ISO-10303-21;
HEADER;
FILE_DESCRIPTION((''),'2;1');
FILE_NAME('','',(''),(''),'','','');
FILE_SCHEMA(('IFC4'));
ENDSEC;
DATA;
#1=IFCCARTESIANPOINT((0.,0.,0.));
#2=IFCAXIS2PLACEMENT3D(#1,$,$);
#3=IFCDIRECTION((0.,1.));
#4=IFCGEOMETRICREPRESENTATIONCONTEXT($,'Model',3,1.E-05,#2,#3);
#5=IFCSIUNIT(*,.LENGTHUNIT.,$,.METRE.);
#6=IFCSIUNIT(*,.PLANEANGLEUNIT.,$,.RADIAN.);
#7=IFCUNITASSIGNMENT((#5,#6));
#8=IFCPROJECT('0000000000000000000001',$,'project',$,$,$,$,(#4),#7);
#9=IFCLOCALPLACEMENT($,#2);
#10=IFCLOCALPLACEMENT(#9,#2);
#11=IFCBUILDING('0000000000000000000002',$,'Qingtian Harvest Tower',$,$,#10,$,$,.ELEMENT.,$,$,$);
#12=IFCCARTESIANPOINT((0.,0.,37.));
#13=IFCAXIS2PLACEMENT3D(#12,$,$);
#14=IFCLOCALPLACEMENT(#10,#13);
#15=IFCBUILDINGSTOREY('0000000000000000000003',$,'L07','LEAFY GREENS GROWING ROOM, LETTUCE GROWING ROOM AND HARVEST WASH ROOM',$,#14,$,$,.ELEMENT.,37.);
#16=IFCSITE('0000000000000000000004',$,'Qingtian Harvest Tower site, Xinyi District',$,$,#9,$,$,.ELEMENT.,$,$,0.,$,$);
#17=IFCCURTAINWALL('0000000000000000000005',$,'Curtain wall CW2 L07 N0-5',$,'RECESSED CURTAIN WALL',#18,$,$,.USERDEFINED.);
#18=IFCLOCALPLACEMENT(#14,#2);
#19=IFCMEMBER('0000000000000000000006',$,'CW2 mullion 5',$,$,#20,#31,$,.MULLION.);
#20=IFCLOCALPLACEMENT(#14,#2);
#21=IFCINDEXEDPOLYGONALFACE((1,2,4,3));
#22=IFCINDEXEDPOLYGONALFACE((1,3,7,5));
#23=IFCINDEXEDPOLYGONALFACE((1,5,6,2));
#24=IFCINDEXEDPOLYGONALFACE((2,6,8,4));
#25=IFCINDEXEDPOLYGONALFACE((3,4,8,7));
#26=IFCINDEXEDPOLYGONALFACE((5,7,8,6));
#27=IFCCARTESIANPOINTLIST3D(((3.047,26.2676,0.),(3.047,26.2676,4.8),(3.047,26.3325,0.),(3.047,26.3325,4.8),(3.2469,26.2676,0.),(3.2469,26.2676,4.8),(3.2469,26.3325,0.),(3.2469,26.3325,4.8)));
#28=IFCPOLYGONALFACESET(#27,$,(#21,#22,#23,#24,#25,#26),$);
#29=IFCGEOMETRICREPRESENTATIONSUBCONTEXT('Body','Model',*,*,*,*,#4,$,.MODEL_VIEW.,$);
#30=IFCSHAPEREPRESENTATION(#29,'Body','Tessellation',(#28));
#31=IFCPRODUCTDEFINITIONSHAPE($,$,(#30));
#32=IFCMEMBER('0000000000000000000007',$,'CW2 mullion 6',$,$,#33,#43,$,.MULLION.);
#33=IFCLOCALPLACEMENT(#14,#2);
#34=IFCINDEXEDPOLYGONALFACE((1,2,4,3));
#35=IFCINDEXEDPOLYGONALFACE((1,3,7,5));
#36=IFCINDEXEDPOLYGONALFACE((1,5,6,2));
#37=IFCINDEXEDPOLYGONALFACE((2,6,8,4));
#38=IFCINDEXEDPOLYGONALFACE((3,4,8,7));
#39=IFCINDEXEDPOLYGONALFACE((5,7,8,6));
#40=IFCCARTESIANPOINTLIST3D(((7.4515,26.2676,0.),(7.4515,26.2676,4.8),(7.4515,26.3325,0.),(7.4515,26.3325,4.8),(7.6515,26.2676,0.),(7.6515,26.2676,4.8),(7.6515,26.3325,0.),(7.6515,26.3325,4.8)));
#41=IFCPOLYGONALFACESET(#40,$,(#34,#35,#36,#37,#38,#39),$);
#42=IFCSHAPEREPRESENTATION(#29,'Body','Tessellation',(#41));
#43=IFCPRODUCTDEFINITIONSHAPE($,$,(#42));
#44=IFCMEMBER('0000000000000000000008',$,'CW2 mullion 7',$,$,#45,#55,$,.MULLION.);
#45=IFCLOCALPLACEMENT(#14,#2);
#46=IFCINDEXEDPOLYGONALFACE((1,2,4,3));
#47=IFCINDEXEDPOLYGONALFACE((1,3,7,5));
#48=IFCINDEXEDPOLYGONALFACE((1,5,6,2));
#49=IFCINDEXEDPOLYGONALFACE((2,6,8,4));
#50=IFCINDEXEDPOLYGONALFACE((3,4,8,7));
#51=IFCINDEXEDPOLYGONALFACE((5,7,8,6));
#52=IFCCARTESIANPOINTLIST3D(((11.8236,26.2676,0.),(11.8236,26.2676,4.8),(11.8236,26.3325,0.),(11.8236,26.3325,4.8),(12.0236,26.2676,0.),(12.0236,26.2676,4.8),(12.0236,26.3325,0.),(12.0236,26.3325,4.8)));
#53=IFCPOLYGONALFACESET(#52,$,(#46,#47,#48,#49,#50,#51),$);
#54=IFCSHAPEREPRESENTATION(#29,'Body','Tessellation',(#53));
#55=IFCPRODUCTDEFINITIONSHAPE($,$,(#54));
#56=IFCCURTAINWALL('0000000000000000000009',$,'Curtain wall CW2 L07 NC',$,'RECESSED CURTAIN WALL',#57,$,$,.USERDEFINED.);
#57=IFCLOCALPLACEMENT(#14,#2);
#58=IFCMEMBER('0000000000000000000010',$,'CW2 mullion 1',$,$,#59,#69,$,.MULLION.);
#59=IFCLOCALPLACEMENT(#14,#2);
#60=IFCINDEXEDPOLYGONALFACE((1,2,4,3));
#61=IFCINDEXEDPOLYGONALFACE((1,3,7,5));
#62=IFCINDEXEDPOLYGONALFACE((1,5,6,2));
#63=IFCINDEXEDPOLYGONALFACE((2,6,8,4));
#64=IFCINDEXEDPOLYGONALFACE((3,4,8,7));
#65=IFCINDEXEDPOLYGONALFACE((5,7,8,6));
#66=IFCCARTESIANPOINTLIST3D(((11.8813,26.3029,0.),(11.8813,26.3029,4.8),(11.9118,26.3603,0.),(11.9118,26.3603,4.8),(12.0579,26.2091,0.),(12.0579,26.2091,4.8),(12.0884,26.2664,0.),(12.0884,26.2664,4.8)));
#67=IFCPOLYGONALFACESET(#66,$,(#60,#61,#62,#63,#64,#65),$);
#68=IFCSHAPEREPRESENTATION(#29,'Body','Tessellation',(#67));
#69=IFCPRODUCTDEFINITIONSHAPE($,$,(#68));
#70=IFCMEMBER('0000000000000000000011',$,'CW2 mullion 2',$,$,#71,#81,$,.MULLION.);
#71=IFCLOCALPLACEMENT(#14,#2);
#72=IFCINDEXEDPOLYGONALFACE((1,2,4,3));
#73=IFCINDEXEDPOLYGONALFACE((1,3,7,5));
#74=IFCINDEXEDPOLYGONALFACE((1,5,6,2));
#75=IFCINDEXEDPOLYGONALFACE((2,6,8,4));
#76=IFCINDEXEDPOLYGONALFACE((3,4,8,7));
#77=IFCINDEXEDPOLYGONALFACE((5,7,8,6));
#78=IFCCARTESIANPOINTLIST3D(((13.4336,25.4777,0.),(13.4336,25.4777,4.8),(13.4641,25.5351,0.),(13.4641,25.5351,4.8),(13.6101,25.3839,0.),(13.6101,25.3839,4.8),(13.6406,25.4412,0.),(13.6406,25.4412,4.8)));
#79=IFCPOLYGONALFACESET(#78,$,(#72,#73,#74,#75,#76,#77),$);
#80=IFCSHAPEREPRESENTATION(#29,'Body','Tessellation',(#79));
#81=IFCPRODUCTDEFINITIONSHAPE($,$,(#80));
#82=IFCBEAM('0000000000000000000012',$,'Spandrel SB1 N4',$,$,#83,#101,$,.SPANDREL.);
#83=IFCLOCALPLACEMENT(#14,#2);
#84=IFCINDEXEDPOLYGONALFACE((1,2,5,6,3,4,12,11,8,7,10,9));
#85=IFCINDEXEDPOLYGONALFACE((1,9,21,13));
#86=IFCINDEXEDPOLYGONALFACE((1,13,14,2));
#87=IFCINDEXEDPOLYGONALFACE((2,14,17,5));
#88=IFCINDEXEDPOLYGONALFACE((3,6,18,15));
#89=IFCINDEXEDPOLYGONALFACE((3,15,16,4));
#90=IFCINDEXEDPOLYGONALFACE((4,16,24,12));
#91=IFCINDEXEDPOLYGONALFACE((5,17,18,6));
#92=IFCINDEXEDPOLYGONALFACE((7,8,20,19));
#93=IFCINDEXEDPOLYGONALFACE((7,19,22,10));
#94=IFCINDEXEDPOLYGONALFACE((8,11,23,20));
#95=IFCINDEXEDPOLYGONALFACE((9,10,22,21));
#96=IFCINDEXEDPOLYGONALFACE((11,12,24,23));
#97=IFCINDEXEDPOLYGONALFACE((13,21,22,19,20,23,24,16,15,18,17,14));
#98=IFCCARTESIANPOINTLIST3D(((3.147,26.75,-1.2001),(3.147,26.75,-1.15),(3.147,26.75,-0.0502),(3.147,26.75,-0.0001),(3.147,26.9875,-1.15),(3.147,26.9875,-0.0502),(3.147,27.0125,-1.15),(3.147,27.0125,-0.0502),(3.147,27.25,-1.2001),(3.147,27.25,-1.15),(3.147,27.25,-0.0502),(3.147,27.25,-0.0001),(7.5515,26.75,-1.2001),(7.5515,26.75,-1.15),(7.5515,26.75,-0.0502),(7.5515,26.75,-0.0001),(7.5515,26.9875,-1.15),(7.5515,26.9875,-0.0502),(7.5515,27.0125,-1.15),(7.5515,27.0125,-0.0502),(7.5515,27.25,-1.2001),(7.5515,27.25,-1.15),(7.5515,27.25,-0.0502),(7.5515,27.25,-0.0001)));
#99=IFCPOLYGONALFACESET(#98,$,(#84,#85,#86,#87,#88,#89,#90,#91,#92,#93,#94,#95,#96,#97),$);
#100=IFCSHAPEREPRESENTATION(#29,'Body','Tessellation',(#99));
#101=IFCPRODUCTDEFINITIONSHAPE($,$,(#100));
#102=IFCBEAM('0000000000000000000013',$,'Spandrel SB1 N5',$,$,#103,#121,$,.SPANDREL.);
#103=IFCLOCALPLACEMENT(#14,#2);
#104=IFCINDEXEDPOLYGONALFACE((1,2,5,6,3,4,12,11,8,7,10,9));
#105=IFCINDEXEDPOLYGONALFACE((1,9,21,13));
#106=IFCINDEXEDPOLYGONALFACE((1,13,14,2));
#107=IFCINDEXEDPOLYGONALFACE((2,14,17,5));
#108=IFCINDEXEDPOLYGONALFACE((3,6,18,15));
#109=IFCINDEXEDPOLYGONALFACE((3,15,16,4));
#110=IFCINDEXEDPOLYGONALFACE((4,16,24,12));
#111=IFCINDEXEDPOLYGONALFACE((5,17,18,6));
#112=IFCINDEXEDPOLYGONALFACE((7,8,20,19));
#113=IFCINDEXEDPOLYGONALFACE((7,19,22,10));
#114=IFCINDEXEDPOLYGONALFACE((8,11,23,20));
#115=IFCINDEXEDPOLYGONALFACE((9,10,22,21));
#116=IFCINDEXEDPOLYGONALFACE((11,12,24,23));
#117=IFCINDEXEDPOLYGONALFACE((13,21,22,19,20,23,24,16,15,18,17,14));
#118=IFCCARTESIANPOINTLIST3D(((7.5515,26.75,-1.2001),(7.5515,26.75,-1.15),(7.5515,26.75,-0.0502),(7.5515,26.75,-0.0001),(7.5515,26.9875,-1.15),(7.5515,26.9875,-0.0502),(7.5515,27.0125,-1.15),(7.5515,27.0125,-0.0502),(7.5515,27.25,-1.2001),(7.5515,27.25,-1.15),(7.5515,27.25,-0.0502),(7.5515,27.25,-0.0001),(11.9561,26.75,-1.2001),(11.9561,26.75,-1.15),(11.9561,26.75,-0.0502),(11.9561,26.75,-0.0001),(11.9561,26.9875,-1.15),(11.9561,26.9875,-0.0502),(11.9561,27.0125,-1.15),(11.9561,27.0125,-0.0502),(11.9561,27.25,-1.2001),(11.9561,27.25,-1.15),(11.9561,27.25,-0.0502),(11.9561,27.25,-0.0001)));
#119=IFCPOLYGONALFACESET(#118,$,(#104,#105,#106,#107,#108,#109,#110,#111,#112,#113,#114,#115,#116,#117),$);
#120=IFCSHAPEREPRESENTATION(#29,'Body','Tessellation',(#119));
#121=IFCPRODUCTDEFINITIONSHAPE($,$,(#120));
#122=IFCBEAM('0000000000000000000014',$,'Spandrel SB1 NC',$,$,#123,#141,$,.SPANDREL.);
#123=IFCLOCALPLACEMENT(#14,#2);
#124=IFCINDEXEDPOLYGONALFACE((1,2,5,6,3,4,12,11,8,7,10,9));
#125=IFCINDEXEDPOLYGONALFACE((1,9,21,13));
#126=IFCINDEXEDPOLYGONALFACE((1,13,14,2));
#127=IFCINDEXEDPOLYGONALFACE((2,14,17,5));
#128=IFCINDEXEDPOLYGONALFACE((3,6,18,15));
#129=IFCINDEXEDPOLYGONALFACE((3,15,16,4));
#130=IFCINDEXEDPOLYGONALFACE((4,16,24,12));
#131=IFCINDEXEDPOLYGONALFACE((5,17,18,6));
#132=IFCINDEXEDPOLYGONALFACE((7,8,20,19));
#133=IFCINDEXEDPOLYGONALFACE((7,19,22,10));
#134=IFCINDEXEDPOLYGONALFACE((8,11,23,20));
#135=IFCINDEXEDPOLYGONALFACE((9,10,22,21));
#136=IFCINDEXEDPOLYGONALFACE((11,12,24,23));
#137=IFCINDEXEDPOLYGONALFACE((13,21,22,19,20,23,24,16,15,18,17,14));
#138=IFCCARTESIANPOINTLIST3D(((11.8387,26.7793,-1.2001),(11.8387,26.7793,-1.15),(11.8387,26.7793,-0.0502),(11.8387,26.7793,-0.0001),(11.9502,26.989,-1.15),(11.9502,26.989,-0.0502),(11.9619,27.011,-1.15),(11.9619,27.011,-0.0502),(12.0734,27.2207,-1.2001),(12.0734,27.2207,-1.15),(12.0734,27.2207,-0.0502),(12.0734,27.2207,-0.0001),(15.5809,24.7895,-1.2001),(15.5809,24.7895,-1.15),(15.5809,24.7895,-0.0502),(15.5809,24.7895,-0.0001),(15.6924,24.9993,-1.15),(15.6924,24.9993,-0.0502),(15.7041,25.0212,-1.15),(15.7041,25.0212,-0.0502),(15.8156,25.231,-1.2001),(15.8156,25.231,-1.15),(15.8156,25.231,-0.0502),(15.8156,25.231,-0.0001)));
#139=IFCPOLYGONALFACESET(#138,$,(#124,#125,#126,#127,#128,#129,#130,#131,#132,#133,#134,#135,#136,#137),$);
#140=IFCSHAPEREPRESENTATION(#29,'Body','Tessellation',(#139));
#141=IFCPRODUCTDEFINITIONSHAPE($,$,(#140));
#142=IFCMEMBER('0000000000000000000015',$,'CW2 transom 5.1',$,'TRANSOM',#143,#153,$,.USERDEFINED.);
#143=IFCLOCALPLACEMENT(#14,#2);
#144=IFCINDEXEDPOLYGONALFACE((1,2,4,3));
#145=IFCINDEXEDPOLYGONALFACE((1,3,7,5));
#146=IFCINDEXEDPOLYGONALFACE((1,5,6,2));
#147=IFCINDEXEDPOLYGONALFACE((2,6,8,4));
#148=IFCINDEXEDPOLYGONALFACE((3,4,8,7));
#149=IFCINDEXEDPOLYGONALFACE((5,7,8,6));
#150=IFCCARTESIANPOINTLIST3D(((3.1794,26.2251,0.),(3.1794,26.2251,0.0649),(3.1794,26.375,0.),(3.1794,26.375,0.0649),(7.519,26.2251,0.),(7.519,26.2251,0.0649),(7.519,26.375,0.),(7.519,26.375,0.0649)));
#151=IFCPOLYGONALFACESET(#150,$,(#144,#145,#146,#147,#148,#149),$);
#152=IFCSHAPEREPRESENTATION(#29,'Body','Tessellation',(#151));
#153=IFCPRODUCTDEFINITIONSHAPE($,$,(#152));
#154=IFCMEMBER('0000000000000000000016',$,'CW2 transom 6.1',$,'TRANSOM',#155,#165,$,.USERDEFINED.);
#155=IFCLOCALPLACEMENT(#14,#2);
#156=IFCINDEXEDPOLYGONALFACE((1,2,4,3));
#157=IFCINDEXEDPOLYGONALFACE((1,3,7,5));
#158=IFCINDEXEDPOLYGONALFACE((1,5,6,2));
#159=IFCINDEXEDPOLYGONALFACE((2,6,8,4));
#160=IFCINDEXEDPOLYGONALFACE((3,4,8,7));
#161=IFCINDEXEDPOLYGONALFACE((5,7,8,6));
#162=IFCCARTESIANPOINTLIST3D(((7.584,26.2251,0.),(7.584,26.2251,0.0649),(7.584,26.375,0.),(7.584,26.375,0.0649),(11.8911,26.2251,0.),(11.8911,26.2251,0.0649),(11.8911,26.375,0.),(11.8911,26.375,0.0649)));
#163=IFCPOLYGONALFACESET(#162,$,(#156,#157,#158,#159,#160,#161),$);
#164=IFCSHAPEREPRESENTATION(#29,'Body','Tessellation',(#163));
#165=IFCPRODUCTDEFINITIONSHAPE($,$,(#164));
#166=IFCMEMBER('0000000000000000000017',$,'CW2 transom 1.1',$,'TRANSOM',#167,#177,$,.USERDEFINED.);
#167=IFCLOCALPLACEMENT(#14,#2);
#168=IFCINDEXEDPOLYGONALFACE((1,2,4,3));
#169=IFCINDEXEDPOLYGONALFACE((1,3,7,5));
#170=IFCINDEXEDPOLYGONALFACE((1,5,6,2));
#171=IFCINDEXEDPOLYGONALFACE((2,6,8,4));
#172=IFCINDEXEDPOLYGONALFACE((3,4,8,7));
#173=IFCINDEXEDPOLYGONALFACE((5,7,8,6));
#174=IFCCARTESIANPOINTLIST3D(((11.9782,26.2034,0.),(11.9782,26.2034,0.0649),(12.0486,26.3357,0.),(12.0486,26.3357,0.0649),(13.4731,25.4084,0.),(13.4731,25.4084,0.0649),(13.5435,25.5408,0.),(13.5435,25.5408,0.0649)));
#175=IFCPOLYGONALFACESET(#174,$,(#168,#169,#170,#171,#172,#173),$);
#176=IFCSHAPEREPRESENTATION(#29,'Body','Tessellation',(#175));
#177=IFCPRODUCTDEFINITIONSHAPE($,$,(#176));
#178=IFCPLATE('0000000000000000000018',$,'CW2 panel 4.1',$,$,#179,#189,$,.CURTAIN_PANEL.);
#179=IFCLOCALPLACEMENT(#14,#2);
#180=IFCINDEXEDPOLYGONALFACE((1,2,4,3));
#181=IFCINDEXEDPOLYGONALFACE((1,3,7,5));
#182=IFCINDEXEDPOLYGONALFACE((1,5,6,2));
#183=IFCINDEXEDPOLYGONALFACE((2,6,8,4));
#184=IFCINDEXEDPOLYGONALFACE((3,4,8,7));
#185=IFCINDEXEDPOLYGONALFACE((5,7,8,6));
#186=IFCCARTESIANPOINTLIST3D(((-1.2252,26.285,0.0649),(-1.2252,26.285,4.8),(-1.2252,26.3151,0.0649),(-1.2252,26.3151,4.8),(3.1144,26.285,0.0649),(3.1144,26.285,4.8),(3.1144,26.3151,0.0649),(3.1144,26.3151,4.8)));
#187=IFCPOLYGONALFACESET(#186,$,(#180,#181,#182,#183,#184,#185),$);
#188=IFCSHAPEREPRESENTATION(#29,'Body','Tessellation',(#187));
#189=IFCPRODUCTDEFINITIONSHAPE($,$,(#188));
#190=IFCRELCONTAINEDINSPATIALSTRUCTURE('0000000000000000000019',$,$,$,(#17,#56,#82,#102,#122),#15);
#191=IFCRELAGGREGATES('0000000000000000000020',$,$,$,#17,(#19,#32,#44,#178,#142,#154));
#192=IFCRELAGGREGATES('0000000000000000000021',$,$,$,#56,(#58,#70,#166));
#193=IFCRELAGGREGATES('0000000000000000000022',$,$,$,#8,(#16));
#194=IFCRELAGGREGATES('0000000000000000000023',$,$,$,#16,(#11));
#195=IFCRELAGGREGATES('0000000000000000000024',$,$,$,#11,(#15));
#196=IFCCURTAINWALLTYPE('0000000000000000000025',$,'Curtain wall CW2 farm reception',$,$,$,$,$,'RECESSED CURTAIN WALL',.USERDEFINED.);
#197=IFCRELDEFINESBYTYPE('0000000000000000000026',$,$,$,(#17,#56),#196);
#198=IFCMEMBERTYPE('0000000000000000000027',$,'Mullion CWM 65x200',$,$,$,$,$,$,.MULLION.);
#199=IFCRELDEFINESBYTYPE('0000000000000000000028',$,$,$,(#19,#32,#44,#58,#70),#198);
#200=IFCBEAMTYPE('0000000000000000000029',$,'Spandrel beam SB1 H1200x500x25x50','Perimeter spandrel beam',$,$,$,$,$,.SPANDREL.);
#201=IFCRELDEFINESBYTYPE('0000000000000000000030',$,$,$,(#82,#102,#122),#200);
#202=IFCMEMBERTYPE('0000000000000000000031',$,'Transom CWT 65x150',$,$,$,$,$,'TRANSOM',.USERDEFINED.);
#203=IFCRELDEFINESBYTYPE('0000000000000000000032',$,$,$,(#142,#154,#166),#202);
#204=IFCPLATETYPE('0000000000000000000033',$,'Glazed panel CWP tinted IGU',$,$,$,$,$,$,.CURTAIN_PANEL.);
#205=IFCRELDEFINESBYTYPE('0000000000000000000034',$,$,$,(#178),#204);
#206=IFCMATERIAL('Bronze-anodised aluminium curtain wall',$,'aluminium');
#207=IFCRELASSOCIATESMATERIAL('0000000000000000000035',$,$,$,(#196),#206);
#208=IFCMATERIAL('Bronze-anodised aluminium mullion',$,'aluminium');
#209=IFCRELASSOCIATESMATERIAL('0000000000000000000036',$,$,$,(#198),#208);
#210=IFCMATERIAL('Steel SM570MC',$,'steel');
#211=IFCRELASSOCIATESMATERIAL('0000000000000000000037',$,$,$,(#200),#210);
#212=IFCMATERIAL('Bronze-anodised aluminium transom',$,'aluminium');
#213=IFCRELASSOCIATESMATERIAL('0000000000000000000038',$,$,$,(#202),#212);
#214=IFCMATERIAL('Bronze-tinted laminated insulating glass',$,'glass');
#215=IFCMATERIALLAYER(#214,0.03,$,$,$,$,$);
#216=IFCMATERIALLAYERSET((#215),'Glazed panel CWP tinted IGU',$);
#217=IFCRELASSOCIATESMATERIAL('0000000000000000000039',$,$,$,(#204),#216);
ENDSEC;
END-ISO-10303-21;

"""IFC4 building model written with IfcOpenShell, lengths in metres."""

from ifc_helpers import new_model, si_unit, direction, frame, origin, origin_2d, place, context, subcontext, project, spatial, rectangle, i_section, extrude, material, layer, layer_set, material_profile, profile_set, type_object, element, aggregate, save


model = new_model("IFC4")

# Units and contexts
model_context = context("Model", 3, precision=1e-05, world=origin(), true_north=direction((0.0, 1.0)))
body_context = subcontext(model_context, "Body", "Model", "MODEL_VIEW")
ifc_project = project(units=[si_unit("LENGTHUNIT", "METRE"), si_unit("PLANEANGLEUNIT", "RADIAN")], contexts=[model_context])

# Site, building, storey
site_placement = place(None, origin())
site = spatial("IfcSite", under=ifc_project, at=site_placement, Name="Qingtian Harvest Tower site, Xinyi District", CompositionType="ELEMENT", RefElevation=0.0)
building_placement = place(site_placement, origin())
building = spatial("IfcBuilding", under=site, at=building_placement, Name="Qingtian Harvest Tower", CompositionType="ELEMENT")
storey_placement = place(building_placement, frame((0.0, 0.0, 37.0)))
storey = spatial("IfcBuildingStorey", under=building, at=storey_placement, Name="L07", Description="LEAFY GREENS GROWING ROOM, LETTUCE GROWING ROOM AND HARVEST WASH ROOM", CompositionType="ELEMENT", Elevation=37.0)

# Curtain walls, members
ifc_material_1 = material(Name="Bronze-anodised aluminium curtain wall", Category="aluminium")
curtain_wall_type = type_object("IfcCurtainWallType", Name="Curtain wall CW2 farm reception", ElementType="RECESSED CURTAIN WALL", PredefinedType="USERDEFINED", material=ifc_material_1)
curtain_wall_1_placement = place(storey_placement, origin())
curtain_wall_1 = element("IfcCurtainWall", 1, at=curtain_wall_1_placement, inside=storey, type_object=curtain_wall_type, Name="Curtain wall CW2 L07 N0-5", ObjectType="RECESSED CURTAIN WALL", PredefinedType="USERDEFINED")
ifc_material_2 = material(Name="Bronze-anodised aluminium mullion", Category="aluminium")
ifc_material_profile_1 = material_profile(ifc_material_2, rectangle(XDim=0.0649, YDim=0.2, at=origin_2d()), Name="AL 65x200")
ifc_profile_set_1 = profile_set([ifc_material_profile_1], Name="Bronze-anodised aluminium mullion")
member_type_1 = type_object("IfcMemberType", Name="Mullion CWM 65x200", PredefinedType="MULLION", material=ifc_profile_set_1)
member_1_placement = place(storey_placement, frame((3.147, 26.3, 0.0), z_axis=(0.0, 0.0, 1.0), x_axis=(0.0, 1.0, 0.0)))
member_1 = element("IfcMember", 2, at=member_1_placement, type_object=member_type_1, Name="CW2 mullion 5", PredefinedType="MULLION", context=body_context, shape_type="SweptSolid", body=[
    extrude(rectangle(XDim=0.0649, YDim=0.2, at=origin_2d()), origin(), (0.0, 0.0, 1.0), 4.8),
])
member_2_placement = place(storey_placement, frame((7.5515, 26.3, 0.0), z_axis=(0.0, 0.0, 1.0), x_axis=(0.0, 1.0, 0.0)))
member_2 = element("IfcMember", 3, at=member_2_placement, type_object=member_type_1, Name="CW2 mullion 6", PredefinedType="MULLION", context=body_context, shape_type="SweptSolid", body=[
    extrude(rectangle(XDim=0.0649, YDim=0.2, at=origin_2d()), origin(), (0.0, 0.0, 1.0), 4.8),
])
member_3_placement = place(storey_placement, frame((11.9236, 26.3, 0.0), z_axis=(0.0, 0.0, 1.0), x_axis=(0.0, 1.0, 0.0)))
member_3 = element("IfcMember", 4, at=member_3_placement, type_object=member_type_1, Name="CW2 mullion 7", PredefinedType="MULLION", context=body_context, shape_type="SweptSolid", body=[
    extrude(rectangle(XDim=0.0649, YDim=0.2, at=origin_2d()), origin(), (0.0, 0.0, 1.0), 4.8),
])
curtain_wall_2_placement = place(storey_placement, origin())
curtain_wall_2 = element("IfcCurtainWall", 5, at=curtain_wall_2_placement, inside=storey, type_object=curtain_wall_type, Name="Curtain wall CW2 L07 NC", ObjectType="RECESSED CURTAIN WALL", PredefinedType="USERDEFINED")
member_4_placement = place(storey_placement, frame((11.9849, 26.2847, 0.0), z_axis=(0.0, 0.0, 1.0), x_axis=(0.469472, 0.882948, 0.0)))
member_4 = element("IfcMember", 6, at=member_4_placement, type_object=member_type_1, Name="CW2 mullion 1", PredefinedType="MULLION", context=body_context, shape_type="SweptSolid", body=[
    extrude(rectangle(XDim=0.0649, YDim=0.2, at=origin_2d()), origin(), (0.0, 0.0, 1.0), 4.8),
])
member_5_placement = place(storey_placement, frame((13.5371, 25.4595, 0.0), z_axis=(0.0, 0.0, 1.0), x_axis=(0.469472, 0.882948, 0.0)))
member_5 = element("IfcMember", 7, at=member_5_placement, type_object=member_type_1, Name="CW2 mullion 2", PredefinedType="MULLION", context=body_context, shape_type="SweptSolid", body=[
    extrude(rectangle(XDim=0.0649, YDim=0.2, at=origin_2d()), origin(), (0.0, 0.0, 1.0), 4.8),
])

# Beams
ifc_material_3 = material(Name="Steel SM570MC", Category="steel")
ifc_material_profile_2 = material_profile(ifc_material_3, i_section(OverallWidth=0.5, OverallDepth=1.2, WebThickness=0.0249, FlangeThickness=0.05, at=origin_2d()), Name="H1200x500x25x50")
ifc_profile_set_2 = profile_set([ifc_material_profile_2], Name="Steel SM570MC")
beam_type_1 = type_object("IfcBeamType", Name="Spandrel beam SB1 H1200x500x25x50", Description="Perimeter spandrel beam", PredefinedType="SPANDREL", material=ifc_profile_set_2)
for number, where, z_axis, x_axis, name in (
    (8, (3.147, 27.0, -0.6001), (1.0, 0.0, 0.0), (0.0, 1.0, 0.0), "Spandrel SB1 N4"),
    (9, (7.5515, 27.0, -0.6001), (1.0, 0.0, 0.0), (0.0, 1.0, 0.0), "Spandrel SB1 N5"),
):
    element("IfcBeam", number, at=place(storey_placement, frame(where, z_axis=z_axis, x_axis=x_axis)), inside=storey, type_object=beam_type_1, Name=name, PredefinedType="SPANDREL", context=body_context, shape_type="SweptSolid", body=[
        extrude(i_section(OverallWidth=0.5, OverallDepth=1.2, WebThickness=0.0249, FlangeThickness=0.05, at=origin_2d()), origin(), (0.0, 0.0, 1.0), 4.4045),
    ])
beam_1_placement = place(storey_placement, frame((11.9561, 27.0, -0.6001), z_axis=(0.882949, -0.46947, 0.0), x_axis=(0.46947, 0.882949, 0.0)))
element("IfcBeam", 10, at=beam_1_placement, inside=storey, type_object=beam_type_1, Name="Spandrel SB1 NC", PredefinedType="SPANDREL", context=body_context, shape_type="SweptSolid", body=[
    extrude(i_section(OverallWidth=0.5, OverallDepth=1.2, WebThickness=0.0249, FlangeThickness=0.05, at=origin_2d()), origin(), (0.0, 0.0, 1.0), 4.2383),
])

# Members
ifc_material_4 = material(Name="Bronze-anodised aluminium transom", Category="aluminium")
ifc_material_profile_3 = material_profile(ifc_material_4, rectangle(XDim=0.1499, YDim=0.0649, at=origin_2d()), Name="AL 65x150")
ifc_profile_set_3 = profile_set([ifc_material_profile_3], Name="Bronze-anodised aluminium transom")
member_type_2 = type_object("IfcMemberType", Name="Transom CWT 65x150", ElementType="TRANSOM", PredefinedType="USERDEFINED", material=ifc_profile_set_3)
member_6_placement = place(storey_placement, frame((3.1794, 26.3, 0.0325), z_axis=(1.0, 0.0, 0.0), x_axis=(0.0, 1.0, 0.0)))
member_6 = element("IfcMember", 11, at=member_6_placement, type_object=member_type_2, Name="CW2 transom 5.1", ObjectType="TRANSOM", PredefinedType="USERDEFINED", context=body_context, shape_type="SweptSolid", body=[
    extrude(rectangle(XDim=0.1499, YDim=0.0649, at=origin_2d()), origin(), (0.0, 0.0, 1.0), 4.3396),
])
member_7_placement = place(storey_placement, frame((7.584, 26.3, 0.0325), z_axis=(1.0, 0.0, 0.0), x_axis=(0.0, 1.0, 0.0)))
member_7 = element("IfcMember", 12, at=member_7_placement, type_object=member_type_2, Name="CW2 transom 6.1", ObjectType="TRANSOM", PredefinedType="USERDEFINED", context=body_context, shape_type="SweptSolid", body=[
    extrude(rectangle(XDim=0.1499, YDim=0.0649, at=origin_2d()), origin(), (0.0, 0.0, 1.0), 4.3071),
])
member_8_placement = place(storey_placement, frame((12.0134, 26.2695, 0.0325), z_axis=(0.882927, -0.46951, 0.0), x_axis=(0.46951, 0.882927, 0.0)))
member_8 = element("IfcMember", 13, at=member_8_placement, type_object=member_type_2, Name="CW2 transom 1.1", ObjectType="TRANSOM", PredefinedType="USERDEFINED", context=body_context, shape_type="SweptSolid", body=[
    extrude(rectangle(XDim=0.1499, YDim=0.0649, at=origin_2d()), origin(), (0.0, 0.0, 1.0), 1.6931),
])

# Plate
ifc_material_5 = material(Name="Bronze-tinted laminated insulating glass", Category="glass")
ifc_layer_1 = layer(ifc_material_5, 0.03)
ifc_layer_set_1 = layer_set([ifc_layer_1], Name="Glazed panel CWP tinted IGU")
plate_type = type_object("IfcPlateType", Name="Glazed panel CWP tinted IGU", PredefinedType="CURTAIN_PANEL", material=ifc_layer_set_1)
plate_1_placement = place(storey_placement, frame((0.9446, 26.3, 0.0649), z_axis=(0.0, 0.0, 1.0), x_axis=(1.0, 0.0, 0.0)))
plate_1 = element("IfcPlate", 14, at=plate_1_placement, type_object=plate_type, Name="CW2 panel 4.1", PredefinedType="CURTAIN_PANEL", context=body_context, shape_type="SweptSolid", body=[
    extrude(rectangle(XDim=4.3396, YDim=0.03, at=origin_2d()), origin(), (0.0, 0.0, 1.0), 4.7351),
])
aggregate(curtain_wall_1, [member_1, member_2, member_3, plate_1, member_6, member_7])
aggregate(curtain_wall_2, [member_4, member_5, member_8])

save(model, "model.ifc")
